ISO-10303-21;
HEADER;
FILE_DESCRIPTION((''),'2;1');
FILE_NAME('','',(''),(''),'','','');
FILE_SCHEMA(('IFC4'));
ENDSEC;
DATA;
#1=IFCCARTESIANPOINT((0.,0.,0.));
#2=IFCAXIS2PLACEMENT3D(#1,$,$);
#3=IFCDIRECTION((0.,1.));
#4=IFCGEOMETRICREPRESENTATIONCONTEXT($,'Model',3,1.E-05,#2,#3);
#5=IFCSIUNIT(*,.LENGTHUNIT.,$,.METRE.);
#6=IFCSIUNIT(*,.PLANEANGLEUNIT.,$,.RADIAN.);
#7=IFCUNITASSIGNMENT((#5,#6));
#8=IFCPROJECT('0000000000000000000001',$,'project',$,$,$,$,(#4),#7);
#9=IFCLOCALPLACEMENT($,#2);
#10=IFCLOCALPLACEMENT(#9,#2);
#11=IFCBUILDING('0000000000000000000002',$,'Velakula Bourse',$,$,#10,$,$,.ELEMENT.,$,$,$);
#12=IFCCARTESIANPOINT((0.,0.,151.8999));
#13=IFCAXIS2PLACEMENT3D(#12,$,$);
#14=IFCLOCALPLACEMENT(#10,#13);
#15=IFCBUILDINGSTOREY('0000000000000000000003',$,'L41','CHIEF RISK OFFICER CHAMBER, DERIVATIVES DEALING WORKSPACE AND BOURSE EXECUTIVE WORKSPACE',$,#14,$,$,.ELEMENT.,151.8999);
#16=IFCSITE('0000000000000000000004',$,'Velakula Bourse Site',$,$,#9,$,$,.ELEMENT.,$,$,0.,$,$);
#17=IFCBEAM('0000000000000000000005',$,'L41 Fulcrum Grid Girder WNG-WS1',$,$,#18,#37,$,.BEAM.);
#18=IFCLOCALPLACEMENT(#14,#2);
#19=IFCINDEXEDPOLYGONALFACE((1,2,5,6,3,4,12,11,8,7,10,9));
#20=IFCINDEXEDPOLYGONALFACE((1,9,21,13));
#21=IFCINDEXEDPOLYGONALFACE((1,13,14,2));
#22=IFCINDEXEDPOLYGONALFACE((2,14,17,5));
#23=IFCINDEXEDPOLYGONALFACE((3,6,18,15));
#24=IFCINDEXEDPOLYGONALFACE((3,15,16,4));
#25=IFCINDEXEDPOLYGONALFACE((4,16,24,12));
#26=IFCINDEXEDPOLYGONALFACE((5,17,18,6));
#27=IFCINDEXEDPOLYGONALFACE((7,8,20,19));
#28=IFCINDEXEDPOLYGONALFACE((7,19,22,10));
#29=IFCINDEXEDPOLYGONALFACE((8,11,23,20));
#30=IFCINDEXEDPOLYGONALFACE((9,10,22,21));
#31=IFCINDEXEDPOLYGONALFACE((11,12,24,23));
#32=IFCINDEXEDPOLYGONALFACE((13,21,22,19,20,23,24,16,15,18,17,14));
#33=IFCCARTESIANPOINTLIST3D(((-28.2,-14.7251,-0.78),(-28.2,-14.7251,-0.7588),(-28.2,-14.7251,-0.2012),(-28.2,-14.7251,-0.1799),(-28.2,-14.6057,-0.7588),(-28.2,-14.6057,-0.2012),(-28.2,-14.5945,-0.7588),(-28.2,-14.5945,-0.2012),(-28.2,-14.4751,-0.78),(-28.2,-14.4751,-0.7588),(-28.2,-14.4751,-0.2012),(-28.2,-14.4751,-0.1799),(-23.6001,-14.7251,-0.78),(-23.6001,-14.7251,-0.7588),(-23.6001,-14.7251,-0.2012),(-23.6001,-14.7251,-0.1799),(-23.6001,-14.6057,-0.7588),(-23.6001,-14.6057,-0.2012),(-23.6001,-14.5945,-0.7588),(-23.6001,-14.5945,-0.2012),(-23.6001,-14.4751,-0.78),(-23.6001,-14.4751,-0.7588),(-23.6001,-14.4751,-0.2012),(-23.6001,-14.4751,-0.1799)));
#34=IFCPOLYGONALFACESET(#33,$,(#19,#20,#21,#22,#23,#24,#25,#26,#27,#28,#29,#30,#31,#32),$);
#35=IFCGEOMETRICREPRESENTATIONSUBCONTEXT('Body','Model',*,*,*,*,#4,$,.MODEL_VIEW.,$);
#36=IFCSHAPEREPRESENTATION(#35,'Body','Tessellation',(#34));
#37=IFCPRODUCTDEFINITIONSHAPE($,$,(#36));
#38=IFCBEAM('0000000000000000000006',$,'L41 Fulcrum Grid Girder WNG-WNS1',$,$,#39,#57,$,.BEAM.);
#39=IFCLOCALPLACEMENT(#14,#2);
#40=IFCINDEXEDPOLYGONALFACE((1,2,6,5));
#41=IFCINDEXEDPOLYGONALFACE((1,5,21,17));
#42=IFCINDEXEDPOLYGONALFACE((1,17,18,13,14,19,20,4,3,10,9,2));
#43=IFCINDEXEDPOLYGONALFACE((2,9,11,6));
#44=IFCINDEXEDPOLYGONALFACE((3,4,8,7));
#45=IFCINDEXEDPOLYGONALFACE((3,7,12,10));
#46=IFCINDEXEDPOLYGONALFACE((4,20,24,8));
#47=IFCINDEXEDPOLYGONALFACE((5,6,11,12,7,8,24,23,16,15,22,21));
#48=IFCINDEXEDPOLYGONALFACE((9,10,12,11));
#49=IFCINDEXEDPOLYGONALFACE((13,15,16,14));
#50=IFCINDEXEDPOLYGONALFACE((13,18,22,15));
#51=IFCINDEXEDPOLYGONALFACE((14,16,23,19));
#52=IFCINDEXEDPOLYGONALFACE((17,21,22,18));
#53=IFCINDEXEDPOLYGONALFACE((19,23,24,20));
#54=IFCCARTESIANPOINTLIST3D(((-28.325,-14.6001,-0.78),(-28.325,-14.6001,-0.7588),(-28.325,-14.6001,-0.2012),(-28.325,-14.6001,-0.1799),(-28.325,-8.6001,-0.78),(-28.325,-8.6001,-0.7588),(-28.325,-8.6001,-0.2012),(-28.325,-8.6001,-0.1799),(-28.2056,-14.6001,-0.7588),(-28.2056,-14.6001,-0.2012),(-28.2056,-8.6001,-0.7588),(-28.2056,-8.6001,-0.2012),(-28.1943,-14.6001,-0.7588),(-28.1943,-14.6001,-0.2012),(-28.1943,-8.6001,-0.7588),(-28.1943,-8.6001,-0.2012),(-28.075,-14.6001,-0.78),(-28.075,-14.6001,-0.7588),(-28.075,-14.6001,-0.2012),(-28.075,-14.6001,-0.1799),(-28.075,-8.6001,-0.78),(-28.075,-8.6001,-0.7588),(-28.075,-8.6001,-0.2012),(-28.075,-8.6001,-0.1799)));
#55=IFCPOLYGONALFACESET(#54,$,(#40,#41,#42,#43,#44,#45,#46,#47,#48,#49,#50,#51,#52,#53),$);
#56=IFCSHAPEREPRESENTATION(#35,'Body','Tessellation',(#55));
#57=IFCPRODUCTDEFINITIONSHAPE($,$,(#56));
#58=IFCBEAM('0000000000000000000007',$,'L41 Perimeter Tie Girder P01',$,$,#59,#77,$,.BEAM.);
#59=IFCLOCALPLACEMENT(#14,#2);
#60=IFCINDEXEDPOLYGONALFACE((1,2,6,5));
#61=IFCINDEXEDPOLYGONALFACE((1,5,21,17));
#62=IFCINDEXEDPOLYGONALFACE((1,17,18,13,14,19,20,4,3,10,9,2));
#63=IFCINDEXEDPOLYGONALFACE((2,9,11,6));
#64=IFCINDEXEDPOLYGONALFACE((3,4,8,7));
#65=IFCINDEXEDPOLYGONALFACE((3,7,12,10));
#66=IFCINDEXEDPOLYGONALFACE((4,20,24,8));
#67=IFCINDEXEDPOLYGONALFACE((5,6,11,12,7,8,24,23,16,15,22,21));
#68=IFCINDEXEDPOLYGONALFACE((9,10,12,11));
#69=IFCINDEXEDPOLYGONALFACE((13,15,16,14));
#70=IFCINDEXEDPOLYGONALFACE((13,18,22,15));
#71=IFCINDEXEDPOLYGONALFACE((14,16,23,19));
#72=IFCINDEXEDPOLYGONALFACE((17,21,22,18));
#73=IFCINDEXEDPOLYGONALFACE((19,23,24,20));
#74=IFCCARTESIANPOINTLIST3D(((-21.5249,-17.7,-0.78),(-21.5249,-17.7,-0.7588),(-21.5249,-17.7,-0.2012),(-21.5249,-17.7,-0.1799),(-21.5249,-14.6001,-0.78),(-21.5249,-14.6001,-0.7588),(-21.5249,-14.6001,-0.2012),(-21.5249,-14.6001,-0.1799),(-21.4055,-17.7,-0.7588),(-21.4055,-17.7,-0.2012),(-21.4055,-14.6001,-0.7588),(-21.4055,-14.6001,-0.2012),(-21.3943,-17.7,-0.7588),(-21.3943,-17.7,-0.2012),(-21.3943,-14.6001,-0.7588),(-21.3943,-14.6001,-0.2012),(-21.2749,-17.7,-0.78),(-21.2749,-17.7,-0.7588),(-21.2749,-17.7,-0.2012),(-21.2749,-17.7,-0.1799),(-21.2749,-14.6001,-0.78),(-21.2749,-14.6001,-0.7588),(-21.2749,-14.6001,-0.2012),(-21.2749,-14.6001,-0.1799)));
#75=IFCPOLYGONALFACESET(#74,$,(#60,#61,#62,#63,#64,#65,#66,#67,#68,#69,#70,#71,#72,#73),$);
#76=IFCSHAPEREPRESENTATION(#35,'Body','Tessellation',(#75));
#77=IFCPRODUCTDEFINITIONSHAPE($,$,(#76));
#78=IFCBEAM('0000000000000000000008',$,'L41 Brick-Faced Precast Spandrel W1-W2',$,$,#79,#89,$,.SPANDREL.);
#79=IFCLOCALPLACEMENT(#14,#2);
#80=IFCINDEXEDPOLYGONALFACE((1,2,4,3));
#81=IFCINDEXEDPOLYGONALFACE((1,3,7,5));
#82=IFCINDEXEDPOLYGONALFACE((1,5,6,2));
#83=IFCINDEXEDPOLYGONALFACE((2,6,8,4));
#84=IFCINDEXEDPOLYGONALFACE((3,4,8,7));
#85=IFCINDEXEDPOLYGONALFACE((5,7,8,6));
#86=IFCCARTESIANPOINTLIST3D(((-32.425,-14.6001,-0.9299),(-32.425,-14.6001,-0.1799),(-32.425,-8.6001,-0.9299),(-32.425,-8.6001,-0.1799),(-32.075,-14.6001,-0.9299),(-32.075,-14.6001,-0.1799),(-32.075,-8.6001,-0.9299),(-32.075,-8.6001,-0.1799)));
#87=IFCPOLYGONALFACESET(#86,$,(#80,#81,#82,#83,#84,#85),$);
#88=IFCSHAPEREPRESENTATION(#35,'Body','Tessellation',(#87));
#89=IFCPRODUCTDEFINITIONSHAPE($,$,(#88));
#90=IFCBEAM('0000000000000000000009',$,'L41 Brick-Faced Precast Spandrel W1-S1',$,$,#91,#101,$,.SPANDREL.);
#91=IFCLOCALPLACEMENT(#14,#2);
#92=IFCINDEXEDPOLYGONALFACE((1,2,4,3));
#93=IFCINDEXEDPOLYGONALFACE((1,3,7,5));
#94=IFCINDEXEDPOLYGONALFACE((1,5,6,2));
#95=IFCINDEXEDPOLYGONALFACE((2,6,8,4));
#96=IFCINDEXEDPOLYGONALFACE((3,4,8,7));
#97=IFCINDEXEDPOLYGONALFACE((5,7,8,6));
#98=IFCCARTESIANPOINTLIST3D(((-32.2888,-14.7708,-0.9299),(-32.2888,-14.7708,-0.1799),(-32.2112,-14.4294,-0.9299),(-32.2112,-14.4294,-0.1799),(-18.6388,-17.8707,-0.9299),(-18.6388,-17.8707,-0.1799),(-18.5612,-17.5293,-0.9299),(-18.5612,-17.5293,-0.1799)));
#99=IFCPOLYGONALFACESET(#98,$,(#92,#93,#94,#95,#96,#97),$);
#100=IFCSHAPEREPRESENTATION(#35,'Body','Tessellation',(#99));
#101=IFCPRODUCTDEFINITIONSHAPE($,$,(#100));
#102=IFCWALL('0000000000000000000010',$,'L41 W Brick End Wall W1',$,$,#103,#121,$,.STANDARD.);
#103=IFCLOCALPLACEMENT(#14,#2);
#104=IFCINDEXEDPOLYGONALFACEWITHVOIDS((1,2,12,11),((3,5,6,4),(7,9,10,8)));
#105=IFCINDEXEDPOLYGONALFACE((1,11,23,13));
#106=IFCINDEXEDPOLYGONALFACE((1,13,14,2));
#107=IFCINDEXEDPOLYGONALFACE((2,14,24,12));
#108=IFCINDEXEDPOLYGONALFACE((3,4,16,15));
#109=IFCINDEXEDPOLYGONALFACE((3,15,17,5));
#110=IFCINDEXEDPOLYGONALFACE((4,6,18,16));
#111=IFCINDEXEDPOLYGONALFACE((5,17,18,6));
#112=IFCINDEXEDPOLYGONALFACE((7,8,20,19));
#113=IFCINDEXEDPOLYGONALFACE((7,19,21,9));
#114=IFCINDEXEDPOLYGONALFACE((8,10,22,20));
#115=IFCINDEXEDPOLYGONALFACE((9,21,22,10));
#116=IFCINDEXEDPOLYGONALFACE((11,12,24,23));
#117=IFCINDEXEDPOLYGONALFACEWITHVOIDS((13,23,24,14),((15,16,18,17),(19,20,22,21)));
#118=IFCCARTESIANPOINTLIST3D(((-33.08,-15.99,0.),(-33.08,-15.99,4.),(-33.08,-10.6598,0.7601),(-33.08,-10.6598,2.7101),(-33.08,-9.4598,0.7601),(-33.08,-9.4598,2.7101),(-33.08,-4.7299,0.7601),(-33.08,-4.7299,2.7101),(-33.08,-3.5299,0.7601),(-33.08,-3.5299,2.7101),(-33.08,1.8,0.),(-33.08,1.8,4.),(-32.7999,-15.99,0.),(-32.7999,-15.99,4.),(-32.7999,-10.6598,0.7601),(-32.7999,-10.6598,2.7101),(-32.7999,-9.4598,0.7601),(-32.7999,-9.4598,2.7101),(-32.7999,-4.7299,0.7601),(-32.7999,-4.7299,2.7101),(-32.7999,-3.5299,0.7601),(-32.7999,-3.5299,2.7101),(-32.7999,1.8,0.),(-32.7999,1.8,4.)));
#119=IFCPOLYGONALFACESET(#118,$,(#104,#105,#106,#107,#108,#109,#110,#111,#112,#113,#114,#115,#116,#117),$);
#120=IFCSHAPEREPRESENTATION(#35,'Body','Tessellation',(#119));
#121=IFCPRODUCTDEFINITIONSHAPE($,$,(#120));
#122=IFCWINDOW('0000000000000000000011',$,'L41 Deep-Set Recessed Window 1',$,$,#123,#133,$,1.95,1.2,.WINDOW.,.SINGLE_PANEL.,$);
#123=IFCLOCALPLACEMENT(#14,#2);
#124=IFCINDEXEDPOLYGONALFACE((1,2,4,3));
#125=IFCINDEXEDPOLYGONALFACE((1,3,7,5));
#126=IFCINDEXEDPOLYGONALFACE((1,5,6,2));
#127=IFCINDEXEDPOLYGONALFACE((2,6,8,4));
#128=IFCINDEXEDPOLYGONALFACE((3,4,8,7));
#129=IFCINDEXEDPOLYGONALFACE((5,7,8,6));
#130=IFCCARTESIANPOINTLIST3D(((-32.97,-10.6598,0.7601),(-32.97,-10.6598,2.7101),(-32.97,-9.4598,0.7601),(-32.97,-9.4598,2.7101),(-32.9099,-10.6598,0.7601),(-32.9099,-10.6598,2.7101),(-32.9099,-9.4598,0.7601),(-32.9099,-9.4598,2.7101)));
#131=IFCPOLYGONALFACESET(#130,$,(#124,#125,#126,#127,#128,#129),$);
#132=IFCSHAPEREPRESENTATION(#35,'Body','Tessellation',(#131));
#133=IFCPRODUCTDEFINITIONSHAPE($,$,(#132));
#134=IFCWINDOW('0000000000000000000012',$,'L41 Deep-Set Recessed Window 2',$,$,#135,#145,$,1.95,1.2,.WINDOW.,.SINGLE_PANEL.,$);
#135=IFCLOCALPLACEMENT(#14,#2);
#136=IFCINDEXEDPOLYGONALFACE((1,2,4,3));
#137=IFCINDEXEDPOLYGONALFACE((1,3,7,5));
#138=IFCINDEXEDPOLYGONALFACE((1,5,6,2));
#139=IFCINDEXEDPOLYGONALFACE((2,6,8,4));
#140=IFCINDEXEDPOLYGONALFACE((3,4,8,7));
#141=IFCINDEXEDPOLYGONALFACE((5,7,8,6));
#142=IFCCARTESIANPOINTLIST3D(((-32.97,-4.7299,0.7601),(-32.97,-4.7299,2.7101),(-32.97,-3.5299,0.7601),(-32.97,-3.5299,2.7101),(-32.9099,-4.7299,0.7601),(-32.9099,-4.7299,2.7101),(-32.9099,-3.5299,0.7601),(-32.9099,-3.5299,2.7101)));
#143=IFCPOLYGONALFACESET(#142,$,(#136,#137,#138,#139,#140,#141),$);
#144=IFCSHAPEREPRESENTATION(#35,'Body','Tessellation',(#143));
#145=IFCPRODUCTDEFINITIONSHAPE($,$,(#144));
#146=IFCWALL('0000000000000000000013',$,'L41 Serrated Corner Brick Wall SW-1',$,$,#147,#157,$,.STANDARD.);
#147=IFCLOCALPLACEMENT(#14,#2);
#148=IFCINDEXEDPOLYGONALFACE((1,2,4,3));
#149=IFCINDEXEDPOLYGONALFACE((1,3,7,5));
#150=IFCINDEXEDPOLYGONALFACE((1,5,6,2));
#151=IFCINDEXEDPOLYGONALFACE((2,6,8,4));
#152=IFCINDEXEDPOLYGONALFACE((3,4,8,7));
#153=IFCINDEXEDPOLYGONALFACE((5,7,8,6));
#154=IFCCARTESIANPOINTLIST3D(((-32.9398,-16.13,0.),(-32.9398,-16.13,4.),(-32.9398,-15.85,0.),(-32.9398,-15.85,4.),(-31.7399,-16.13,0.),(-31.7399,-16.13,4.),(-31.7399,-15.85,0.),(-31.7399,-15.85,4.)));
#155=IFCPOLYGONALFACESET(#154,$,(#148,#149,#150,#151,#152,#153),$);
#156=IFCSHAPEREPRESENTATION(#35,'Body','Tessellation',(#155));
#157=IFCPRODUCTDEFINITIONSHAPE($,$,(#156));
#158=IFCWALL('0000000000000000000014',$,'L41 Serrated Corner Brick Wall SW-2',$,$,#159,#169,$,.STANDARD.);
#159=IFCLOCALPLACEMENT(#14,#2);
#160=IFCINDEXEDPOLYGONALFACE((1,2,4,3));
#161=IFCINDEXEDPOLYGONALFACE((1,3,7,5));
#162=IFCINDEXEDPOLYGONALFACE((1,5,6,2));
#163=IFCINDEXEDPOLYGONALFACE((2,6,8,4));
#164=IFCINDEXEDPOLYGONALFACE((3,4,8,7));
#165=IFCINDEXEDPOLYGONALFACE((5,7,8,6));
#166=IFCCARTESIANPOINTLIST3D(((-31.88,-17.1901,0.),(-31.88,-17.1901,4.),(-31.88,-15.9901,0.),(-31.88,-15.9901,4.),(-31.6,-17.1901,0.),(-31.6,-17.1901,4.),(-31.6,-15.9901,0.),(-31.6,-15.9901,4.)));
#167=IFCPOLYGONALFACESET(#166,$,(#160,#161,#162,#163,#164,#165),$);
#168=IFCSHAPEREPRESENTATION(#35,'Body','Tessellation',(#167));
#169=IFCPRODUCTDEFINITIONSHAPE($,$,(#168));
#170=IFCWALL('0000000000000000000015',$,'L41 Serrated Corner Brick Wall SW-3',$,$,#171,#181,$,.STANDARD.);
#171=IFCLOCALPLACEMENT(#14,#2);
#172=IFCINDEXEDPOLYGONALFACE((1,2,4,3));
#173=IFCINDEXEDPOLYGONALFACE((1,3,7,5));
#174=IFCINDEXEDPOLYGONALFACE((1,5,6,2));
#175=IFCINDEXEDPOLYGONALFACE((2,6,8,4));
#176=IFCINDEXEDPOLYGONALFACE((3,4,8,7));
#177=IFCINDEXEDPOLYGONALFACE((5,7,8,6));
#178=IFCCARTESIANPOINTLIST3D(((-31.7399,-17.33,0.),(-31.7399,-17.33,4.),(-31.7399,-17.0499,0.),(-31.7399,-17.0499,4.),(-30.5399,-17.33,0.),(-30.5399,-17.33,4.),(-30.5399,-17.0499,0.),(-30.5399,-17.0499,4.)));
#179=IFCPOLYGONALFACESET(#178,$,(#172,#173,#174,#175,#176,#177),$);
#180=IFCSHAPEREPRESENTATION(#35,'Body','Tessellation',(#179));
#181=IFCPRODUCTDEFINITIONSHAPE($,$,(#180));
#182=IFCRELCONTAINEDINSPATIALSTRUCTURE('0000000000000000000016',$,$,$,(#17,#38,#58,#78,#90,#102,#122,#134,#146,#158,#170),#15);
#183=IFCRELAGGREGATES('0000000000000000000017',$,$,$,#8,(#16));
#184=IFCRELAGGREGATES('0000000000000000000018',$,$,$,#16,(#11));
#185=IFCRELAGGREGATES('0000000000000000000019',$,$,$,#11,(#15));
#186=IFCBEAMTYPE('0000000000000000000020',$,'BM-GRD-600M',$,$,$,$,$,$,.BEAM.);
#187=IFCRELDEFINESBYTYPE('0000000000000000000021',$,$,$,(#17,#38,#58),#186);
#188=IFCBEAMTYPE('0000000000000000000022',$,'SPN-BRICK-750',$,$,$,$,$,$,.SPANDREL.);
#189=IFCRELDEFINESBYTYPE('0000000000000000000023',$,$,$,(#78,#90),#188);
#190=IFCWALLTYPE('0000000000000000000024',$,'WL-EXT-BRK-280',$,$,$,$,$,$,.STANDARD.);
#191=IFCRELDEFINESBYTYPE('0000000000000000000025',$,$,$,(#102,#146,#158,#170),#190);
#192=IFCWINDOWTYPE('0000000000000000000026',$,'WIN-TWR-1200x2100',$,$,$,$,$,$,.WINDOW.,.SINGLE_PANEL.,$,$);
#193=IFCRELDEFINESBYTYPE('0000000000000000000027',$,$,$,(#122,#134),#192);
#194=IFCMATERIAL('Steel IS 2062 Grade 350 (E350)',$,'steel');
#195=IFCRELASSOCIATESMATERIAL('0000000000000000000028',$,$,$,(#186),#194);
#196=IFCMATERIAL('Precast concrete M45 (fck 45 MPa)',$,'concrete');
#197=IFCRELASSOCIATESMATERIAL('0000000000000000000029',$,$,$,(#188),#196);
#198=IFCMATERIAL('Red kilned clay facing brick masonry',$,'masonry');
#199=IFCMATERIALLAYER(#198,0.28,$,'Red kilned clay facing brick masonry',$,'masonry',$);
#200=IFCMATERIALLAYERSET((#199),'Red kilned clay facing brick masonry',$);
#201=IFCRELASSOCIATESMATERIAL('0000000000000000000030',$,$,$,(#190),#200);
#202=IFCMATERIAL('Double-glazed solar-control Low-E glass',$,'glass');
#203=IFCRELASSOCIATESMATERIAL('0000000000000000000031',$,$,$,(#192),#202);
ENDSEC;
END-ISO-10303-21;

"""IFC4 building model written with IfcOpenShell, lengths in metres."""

from ifc_helpers import new_model, si_unit, direction, frame, frame_2d, origin, origin_2d, place, context, subcontext, project, spatial, rectangle, i_section, extrude, material, layer, layer_set, material_profile, profile_set, type_object, element, fill, save


model = new_model("IFC4")

# Units and contexts
model_context = context("Model", 3, precision=1e-05, world=origin(), true_north=direction((0.0, 1.0)))
body_context = subcontext(model_context, "Body", "Model", "MODEL_VIEW")
ifc_project = project(units=[si_unit("LENGTHUNIT", "METRE"), si_unit("PLANEANGLEUNIT", "RADIAN")], contexts=[model_context])

# Site, building, storey
site_placement = place(None, origin())
site = spatial("IfcSite", under=ifc_project, at=site_placement, Name="Velakula Bourse Site", CompositionType="ELEMENT", RefElevation=0.0)
building_placement = place(site_placement, origin())
building = spatial("IfcBuilding", under=site, at=building_placement, Name="Velakula Bourse", CompositionType="ELEMENT")
storey_placement = place(building_placement, frame((0.0, 0.0, 151.8999)))
storey = spatial("IfcBuildingStorey", under=building, at=storey_placement, Name="L41", Description="CHIEF RISK OFFICER CHAMBER, DERIVATIVES DEALING WORKSPACE AND BOURSE EXECUTIVE WORKSPACE", CompositionType="ELEMENT", Elevation=151.8999)

# Shared definitions
ifc_material_1 = material(Name="Steel IS 2062 Grade 350 (E350)", Category="steel")
ifc_material_2 = material(Name="Precast concrete M45 (fck 45 MPa)", Category="concrete")

# Beams
ifc_material_profile_1 = material_profile(ifc_material_1, i_section(OverallWidth=0.25, OverallDepth=0.6001, WebThickness=0.0112, FlangeThickness=0.0212, at=origin_2d()), Name="Steel IS 2062 Grade 350 (E350)")
ifc_profile_set_1 = profile_set([ifc_material_profile_1], Name="Steel IS 2062 Grade 350 (E350)")
beam_type_1 = type_object("IfcBeamType", Name="BM-GRD-600M", PredefinedType="BEAM", material=ifc_profile_set_1)
beam_1_placement = place(storey_placement, frame((-28.2, -14.6001, -0.48), z_axis=(1.0, 0.0, 0.0), x_axis=(0.0, 1.0, 0.0)))
element("IfcBeam", 1, at=beam_1_placement, inside=storey, type_object=beam_type_1, Name="L41 Fulcrum Grid Girder WNG-WS1", PredefinedType="BEAM", context=body_context, shape_type="SweptSolid", body=[
    extrude(i_section(OverallWidth=0.25, OverallDepth=0.6001, WebThickness=0.0112, FlangeThickness=0.0212, at=origin_2d()), origin(), (0.0, 0.0, 1.0), 4.5999),
])
beam_2_placement = place(storey_placement, frame((-28.2, -14.6001, -0.48), z_axis=(0.0, 1.0, 0.0), x_axis=(-1.0, 0.0, 0.0)))
element("IfcBeam", 2, at=beam_2_placement, inside=storey, type_object=beam_type_1, Name="L41 Fulcrum Grid Girder WNG-WNS1", PredefinedType="BEAM", context=body_context, shape_type="SweptSolid", body=[
    extrude(i_section(OverallWidth=0.25, OverallDepth=0.6001, WebThickness=0.0112, FlangeThickness=0.0212, at=origin_2d()), origin(), (0.0, 0.0, 1.0), 6.0),
])
beam_3_placement = place(storey_placement, frame((-21.3999, -14.6001, -0.48), z_axis=(0.0, -1.0, 0.0), x_axis=(1.0, 0.0, 0.0)))
element("IfcBeam", 3, at=beam_3_placement, inside=storey, type_object=beam_type_1, Name="L41 Perimeter Tie Girder P01", PredefinedType="BEAM", context=body_context, shape_type="SweptSolid", body=[
    extrude(i_section(OverallWidth=0.25, OverallDepth=0.6001, WebThickness=0.0112, FlangeThickness=0.0212, at=origin_2d()), origin(), (0.0, 0.0, 1.0), 3.0999),
])
ifc_material_profile_2 = material_profile(ifc_material_2, rectangle(XDim=0.3501, YDim=0.75, at=origin_2d()), Name="Precast concrete M45 (fck 45 MPa)")
ifc_profile_set_2 = profile_set([ifc_material_profile_2], Name="Precast concrete M45 (fck 45 MPa)")
beam_type_2 = type_object("IfcBeamType", Name="SPN-BRICK-750", PredefinedType="SPANDREL", material=ifc_profile_set_2)
beam_4_placement = place(storey_placement, frame((-32.25, -14.6001, -0.5549), z_axis=(0.0, 1.0, 0.0), x_axis=(-1.0, 0.0, 0.0)))
element("IfcBeam", 4, at=beam_4_placement, inside=storey, type_object=beam_type_2, Name="L41 Brick-Faced Precast Spandrel W1-W2", PredefinedType="SPANDREL", context=body_context, shape_type="SweptSolid", body=[
    extrude(rectangle(XDim=0.3501, YDim=0.75, at=origin_2d()), origin(), (0.0, 0.0, 1.0), 6.0),
])
beam_5_placement = place(storey_placement, frame((-32.25, -14.6001, -0.5549), z_axis=(0.97517, -0.221458, 0.0), x_axis=(0.221458, 0.97517, 0.0)))
element("IfcBeam", 5, at=beam_5_placement, inside=storey, type_object=beam_type_2, Name="L41 Brick-Faced Precast Spandrel W1-S1", PredefinedType="SPANDREL", context=body_context, shape_type="SweptSolid", body=[
    extrude(rectangle(XDim=0.3501, YDim=0.75, at=origin_2d()), origin(), (0.0, 0.0, 1.0), 13.9976),
])

# Wall, openings, windows
ifc_material_3 = material(Name="Red kilned clay facing brick masonry", Category="masonry")
ifc_layer_1 = layer(ifc_material_3, 0.28, Name="Red kilned clay facing brick masonry", Category="masonry")
ifc_layer_set_1 = layer_set([ifc_layer_1], Name="Red kilned clay facing brick masonry")
wall_type_1 = type_object("IfcWallType", Name="WL-EXT-BRK-280", PredefinedType="STANDARD", material=ifc_layer_set_1)
wall_1_placement = place(storey_placement, frame((-32.9399, -15.99, 0.0), z_axis=(0.0, 0.0, 1.0), x_axis=(0.0, 1.0, 0.0)))
wall_1 = element("IfcWall", 6, at=wall_1_placement, inside=storey, type_object=wall_type_1, Name="L41 W Brick End Wall W1", PredefinedType="STANDARD", context=body_context, shape_type="SweptSolid", body=[
    extrude(rectangle(XDim=17.79, YDim=0.28, at=frame_2d((8.895, 0.0))), origin(), (0.0, 0.0, 1.0), 4.0),
])
opening_1_placement = place(wall_1_placement, frame((5.3301, 0.0, 0.76)))
opening_1 = element("IfcOpeningElement", 7, at=opening_1_placement, cuts=wall_1, PredefinedType="OPENING", context=body_context, shape_type="SweptSolid", body=[
    extrude(rectangle(XDim=1.2, YDim=1.95, at=frame_2d((0.6001, 0.9751))), frame((0.0, 0.1499, 0.0), z_axis=(0.0, -1.0, 0.0), x_axis=(1.0, 0.0, 0.0)), (0.0, 0.0, 1.0), 0.3),
])
opening_2_placement = place(wall_1_placement, frame((11.26, 0.0, 0.76)))
opening_2 = element("IfcOpeningElement", 8, at=opening_2_placement, cuts=wall_1, PredefinedType="OPENING", context=body_context, shape_type="SweptSolid", body=[
    extrude(rectangle(XDim=1.2, YDim=1.95, at=frame_2d((0.6001, 0.9751))), frame((0.0, 0.1499, 0.0), z_axis=(0.0, -1.0, 0.0), x_axis=(1.0, 0.0, 0.0)), (0.0, 0.0, 1.0), 0.3),
])
ifc_material_4 = material(Name="Double-glazed solar-control Low-E glass", Category="glass")
window_type = type_object("IfcWindowType", Name="WIN-TWR-1200x2100", PartitioningType="SINGLE_PANEL", PredefinedType="WINDOW", material=ifc_material_4)
window_1_placement = place(opening_1_placement, origin())
window_1 = element("IfcWindow", 9, at=window_1_placement, inside=storey, type_object=window_type, Name="L41 Deep-Set Recessed Window 1", OverallHeight=1.95, OverallWidth=1.2, PartitioningType="SINGLE_PANEL", PredefinedType="WINDOW", context=body_context, shape_type="SweptSolid", body=[
    extrude(rectangle(XDim=1.2, YDim=1.95, at=frame_2d((0.6001, 0.9751))), frame((0.0, 0.03, 0.0), z_axis=(0.0, -1.0, 0.0), x_axis=(1.0, 0.0, 0.0)), (0.0, 0.0, 1.0), 0.0601),
])
fill(opening_1, window_1)
window_2_placement = place(opening_2_placement, origin())
window_2 = element("IfcWindow", 10, at=window_2_placement, inside=storey, type_object=window_type, Name="L41 Deep-Set Recessed Window 2", OverallHeight=1.95, OverallWidth=1.2, PartitioningType="SINGLE_PANEL", PredefinedType="WINDOW", context=body_context, shape_type="SweptSolid", body=[
    extrude(rectangle(XDim=1.2, YDim=1.95, at=frame_2d((0.6001, 0.9751))), frame((0.0, 0.03, 0.0), z_axis=(0.0, -1.0, 0.0), x_axis=(1.0, 0.0, 0.0)), (0.0, 0.0, 1.0), 0.0601),
])
fill(opening_2, window_2)

# Walls
for number, where, z_axis, x_axis, name in (
    (11, (-32.9399, -15.99, 0.0), (0.0, 0.0, 1.0), (1.0, 0.0, 0.0), "L41 Serrated Corner Brick Wall SW-1"),
    (12, (-31.74, -15.99, 0.0), (0.0, 0.0, 1.0), (0.0, -1.0, 0.0), "L41 Serrated Corner Brick Wall SW-2"),
    (13, (-31.74, -17.1899, 0.0), (0.0, 0.0, 1.0), (1.0, 0.0, 0.0), "L41 Serrated Corner Brick Wall SW-3"),
):
    element("IfcWall", number, at=place(storey_placement, frame(where, z_axis=z_axis, x_axis=x_axis)), inside=storey, type_object=wall_type_1, Name=name, PredefinedType="STANDARD", context=body_context, shape_type="SweptSolid", body=[
        extrude(rectangle(XDim=1.2, YDim=0.28, at=frame_2d((0.6001, 0.0))), origin(), (0.0, 0.0, 1.0), 4.0),
    ])

save(model, "model.ifc")
